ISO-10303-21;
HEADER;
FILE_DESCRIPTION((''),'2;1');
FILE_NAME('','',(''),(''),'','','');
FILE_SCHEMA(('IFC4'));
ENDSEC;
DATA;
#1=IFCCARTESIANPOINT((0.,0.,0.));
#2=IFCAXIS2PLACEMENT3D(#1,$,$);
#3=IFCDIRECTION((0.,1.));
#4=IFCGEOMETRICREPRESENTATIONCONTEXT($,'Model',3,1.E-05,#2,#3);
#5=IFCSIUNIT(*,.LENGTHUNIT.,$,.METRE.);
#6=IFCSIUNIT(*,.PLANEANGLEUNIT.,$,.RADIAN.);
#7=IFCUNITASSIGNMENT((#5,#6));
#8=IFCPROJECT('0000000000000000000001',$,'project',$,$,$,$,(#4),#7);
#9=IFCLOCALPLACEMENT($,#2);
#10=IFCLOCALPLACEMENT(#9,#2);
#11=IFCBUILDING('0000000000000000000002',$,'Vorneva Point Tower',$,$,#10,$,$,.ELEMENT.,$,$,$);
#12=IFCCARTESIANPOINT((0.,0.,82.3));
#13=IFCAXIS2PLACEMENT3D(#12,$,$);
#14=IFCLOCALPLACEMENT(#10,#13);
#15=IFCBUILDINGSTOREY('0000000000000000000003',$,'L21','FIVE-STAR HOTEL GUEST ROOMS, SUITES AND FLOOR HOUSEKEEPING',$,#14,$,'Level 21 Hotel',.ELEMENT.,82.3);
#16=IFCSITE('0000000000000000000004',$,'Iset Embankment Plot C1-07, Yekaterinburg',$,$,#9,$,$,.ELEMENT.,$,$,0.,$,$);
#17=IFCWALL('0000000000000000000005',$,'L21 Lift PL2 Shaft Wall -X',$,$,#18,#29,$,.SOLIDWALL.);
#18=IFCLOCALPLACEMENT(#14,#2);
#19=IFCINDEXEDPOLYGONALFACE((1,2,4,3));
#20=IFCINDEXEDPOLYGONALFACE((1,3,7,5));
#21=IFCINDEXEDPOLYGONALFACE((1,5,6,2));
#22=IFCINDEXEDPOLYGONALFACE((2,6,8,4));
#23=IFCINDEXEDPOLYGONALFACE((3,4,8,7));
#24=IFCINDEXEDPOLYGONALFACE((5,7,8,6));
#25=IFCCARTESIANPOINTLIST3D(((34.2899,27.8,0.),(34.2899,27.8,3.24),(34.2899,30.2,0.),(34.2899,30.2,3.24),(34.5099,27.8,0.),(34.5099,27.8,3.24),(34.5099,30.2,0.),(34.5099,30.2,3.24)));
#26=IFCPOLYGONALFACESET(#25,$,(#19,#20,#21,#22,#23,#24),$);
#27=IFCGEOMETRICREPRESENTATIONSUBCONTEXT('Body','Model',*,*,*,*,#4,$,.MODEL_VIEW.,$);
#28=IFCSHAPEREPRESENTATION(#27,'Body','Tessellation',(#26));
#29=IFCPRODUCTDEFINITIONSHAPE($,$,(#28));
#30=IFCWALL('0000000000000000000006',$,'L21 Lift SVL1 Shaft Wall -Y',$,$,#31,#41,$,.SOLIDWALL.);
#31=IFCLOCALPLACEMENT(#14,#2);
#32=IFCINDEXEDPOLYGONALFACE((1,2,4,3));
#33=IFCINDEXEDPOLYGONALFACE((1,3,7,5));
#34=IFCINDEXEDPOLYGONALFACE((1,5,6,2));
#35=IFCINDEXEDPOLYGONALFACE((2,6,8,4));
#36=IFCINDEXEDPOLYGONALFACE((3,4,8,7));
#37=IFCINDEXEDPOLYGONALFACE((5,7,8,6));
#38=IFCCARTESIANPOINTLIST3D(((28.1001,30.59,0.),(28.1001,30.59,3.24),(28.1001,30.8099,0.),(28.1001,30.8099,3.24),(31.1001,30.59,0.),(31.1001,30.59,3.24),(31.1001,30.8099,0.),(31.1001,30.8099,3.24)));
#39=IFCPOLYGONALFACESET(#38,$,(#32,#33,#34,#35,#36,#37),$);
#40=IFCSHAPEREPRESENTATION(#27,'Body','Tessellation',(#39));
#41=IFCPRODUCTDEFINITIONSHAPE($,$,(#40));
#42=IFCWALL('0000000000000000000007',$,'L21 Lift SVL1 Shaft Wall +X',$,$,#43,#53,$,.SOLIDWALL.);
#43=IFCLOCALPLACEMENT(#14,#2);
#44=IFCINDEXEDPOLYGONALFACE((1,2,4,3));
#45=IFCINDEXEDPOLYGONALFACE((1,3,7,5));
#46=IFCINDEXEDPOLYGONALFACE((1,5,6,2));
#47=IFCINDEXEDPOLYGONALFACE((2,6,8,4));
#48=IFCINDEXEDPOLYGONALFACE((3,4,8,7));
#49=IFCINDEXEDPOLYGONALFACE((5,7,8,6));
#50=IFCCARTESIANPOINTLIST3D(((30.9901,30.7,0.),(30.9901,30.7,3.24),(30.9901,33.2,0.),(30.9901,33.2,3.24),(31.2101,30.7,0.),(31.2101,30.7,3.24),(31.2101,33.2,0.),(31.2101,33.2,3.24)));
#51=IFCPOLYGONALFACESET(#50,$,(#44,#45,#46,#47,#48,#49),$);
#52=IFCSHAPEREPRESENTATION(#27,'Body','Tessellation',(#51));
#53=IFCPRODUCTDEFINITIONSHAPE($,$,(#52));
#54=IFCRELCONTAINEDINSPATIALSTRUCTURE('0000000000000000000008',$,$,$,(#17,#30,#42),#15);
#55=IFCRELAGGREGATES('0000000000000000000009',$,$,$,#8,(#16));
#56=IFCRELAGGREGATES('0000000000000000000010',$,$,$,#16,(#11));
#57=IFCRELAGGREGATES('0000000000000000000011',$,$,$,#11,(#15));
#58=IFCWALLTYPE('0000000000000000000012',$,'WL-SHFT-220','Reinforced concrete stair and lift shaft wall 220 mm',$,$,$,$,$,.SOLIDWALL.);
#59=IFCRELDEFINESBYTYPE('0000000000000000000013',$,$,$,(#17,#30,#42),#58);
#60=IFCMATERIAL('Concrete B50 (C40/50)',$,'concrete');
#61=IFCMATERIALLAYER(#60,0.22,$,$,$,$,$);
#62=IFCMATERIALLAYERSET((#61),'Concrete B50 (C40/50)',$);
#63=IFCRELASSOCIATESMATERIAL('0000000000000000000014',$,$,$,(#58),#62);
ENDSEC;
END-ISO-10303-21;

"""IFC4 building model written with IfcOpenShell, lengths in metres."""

from ifc_helpers import new_model, si_unit, direction, frame, frame_2d, origin, place, context, subcontext, project, spatial, rectangle, extrude, material, layer, layer_set, type_object, element, save


model = new_model("IFC4")

# Units and contexts
model_context = context("Model", 3, precision=1e-05, world=origin(), true_north=direction((0.0, 1.0)))
body_context = subcontext(model_context, "Body", "Model", "MODEL_VIEW")
ifc_project = project(units=[si_unit("LENGTHUNIT", "METRE"), si_unit("PLANEANGLEUNIT", "RADIAN")], contexts=[model_context])

# Site, building, storey
site_placement = place(None, origin())
site = spatial("IfcSite", under=ifc_project, at=site_placement, Name="Iset Embankment Plot C1-07, Yekaterinburg", CompositionType="ELEMENT", RefElevation=0.0)
building_placement = place(site_placement, origin())
building = spatial("IfcBuilding", under=site, at=building_placement, Name="Vorneva Point Tower", CompositionType="ELEMENT")
storey_placement = place(building_placement, frame((0.0, 0.0, 82.3)))
storey = spatial("IfcBuildingStorey", under=building, at=storey_placement, Name="L21", Description="FIVE-STAR HOTEL GUEST ROOMS, SUITES AND FLOOR HOUSEKEEPING", LongName="Level 21 Hotel", CompositionType="ELEMENT", Elevation=82.3)

# Shared definitions
ifc_material_1 = material(Name="Concrete B50 (C40/50)", Category="concrete")
ifc_layer_1 = layer(ifc_material_1, 0.22)
ifc_layer_set_1 = layer_set([ifc_layer_1], Name="Concrete B50 (C40/50)")
wall_type_1 = type_object("IfcWallType", Name="WL-SHFT-220", Description="Reinforced concrete stair and lift shaft wall 220 mm", PredefinedType="SOLIDWALL", material=ifc_layer_set_1)

# Walls
wall_1_placement = place(storey_placement, frame((34.3999, 30.2, 0.0), z_axis=(0.0, 0.0, 1.0), x_axis=(0.0, -1.0, 0.0)))
element("IfcWall", 1, at=wall_1_placement, inside=storey, type_object=wall_type_1, Name="L21 Lift PL2 Shaft Wall -X", PredefinedType="SOLIDWALL", context=body_context, shape_type="SweptSolid", body=[
    extrude(rectangle(XDim=2.3999, YDim=0.22, at=frame_2d((1.2, 0.0))), origin(), (0.0, 0.0, 1.0), 3.24),
])
wall_2_placement = place(storey_placement, frame((28.1001, 30.7, 0.0), z_axis=(0.0, 0.0, 1.0), x_axis=(1.0, 0.0, 0.0)))
element("IfcWall", 2, at=wall_2_placement, inside=storey, type_object=wall_type_1, Name="L21 Lift SVL1 Shaft Wall -Y", PredefinedType="SOLIDWALL", context=body_context, shape_type="SweptSolid", body=[
    extrude(rectangle(XDim=3.0, YDim=0.22, at=frame_2d((1.5, 0.0))), origin(), (0.0, 0.0, 1.0), 3.24),
])
wall_3_placement = place(storey_placement, frame((31.1001, 30.7, 0.0), z_axis=(0.0, 0.0, 1.0), x_axis=(0.0, 1.0, 0.0)))
element("IfcWall", 3, at=wall_3_placement, inside=storey, type_object=wall_type_1, Name="L21 Lift SVL1 Shaft Wall +X", PredefinedType="SOLIDWALL", context=body_context, shape_type="SweptSolid", body=[
    extrude(rectangle(XDim=2.5, YDim=0.22, at=frame_2d((1.25, 0.0))), origin(), (0.0, 0.0, 1.0), 3.24),
])

save(model, "model.ifc")
